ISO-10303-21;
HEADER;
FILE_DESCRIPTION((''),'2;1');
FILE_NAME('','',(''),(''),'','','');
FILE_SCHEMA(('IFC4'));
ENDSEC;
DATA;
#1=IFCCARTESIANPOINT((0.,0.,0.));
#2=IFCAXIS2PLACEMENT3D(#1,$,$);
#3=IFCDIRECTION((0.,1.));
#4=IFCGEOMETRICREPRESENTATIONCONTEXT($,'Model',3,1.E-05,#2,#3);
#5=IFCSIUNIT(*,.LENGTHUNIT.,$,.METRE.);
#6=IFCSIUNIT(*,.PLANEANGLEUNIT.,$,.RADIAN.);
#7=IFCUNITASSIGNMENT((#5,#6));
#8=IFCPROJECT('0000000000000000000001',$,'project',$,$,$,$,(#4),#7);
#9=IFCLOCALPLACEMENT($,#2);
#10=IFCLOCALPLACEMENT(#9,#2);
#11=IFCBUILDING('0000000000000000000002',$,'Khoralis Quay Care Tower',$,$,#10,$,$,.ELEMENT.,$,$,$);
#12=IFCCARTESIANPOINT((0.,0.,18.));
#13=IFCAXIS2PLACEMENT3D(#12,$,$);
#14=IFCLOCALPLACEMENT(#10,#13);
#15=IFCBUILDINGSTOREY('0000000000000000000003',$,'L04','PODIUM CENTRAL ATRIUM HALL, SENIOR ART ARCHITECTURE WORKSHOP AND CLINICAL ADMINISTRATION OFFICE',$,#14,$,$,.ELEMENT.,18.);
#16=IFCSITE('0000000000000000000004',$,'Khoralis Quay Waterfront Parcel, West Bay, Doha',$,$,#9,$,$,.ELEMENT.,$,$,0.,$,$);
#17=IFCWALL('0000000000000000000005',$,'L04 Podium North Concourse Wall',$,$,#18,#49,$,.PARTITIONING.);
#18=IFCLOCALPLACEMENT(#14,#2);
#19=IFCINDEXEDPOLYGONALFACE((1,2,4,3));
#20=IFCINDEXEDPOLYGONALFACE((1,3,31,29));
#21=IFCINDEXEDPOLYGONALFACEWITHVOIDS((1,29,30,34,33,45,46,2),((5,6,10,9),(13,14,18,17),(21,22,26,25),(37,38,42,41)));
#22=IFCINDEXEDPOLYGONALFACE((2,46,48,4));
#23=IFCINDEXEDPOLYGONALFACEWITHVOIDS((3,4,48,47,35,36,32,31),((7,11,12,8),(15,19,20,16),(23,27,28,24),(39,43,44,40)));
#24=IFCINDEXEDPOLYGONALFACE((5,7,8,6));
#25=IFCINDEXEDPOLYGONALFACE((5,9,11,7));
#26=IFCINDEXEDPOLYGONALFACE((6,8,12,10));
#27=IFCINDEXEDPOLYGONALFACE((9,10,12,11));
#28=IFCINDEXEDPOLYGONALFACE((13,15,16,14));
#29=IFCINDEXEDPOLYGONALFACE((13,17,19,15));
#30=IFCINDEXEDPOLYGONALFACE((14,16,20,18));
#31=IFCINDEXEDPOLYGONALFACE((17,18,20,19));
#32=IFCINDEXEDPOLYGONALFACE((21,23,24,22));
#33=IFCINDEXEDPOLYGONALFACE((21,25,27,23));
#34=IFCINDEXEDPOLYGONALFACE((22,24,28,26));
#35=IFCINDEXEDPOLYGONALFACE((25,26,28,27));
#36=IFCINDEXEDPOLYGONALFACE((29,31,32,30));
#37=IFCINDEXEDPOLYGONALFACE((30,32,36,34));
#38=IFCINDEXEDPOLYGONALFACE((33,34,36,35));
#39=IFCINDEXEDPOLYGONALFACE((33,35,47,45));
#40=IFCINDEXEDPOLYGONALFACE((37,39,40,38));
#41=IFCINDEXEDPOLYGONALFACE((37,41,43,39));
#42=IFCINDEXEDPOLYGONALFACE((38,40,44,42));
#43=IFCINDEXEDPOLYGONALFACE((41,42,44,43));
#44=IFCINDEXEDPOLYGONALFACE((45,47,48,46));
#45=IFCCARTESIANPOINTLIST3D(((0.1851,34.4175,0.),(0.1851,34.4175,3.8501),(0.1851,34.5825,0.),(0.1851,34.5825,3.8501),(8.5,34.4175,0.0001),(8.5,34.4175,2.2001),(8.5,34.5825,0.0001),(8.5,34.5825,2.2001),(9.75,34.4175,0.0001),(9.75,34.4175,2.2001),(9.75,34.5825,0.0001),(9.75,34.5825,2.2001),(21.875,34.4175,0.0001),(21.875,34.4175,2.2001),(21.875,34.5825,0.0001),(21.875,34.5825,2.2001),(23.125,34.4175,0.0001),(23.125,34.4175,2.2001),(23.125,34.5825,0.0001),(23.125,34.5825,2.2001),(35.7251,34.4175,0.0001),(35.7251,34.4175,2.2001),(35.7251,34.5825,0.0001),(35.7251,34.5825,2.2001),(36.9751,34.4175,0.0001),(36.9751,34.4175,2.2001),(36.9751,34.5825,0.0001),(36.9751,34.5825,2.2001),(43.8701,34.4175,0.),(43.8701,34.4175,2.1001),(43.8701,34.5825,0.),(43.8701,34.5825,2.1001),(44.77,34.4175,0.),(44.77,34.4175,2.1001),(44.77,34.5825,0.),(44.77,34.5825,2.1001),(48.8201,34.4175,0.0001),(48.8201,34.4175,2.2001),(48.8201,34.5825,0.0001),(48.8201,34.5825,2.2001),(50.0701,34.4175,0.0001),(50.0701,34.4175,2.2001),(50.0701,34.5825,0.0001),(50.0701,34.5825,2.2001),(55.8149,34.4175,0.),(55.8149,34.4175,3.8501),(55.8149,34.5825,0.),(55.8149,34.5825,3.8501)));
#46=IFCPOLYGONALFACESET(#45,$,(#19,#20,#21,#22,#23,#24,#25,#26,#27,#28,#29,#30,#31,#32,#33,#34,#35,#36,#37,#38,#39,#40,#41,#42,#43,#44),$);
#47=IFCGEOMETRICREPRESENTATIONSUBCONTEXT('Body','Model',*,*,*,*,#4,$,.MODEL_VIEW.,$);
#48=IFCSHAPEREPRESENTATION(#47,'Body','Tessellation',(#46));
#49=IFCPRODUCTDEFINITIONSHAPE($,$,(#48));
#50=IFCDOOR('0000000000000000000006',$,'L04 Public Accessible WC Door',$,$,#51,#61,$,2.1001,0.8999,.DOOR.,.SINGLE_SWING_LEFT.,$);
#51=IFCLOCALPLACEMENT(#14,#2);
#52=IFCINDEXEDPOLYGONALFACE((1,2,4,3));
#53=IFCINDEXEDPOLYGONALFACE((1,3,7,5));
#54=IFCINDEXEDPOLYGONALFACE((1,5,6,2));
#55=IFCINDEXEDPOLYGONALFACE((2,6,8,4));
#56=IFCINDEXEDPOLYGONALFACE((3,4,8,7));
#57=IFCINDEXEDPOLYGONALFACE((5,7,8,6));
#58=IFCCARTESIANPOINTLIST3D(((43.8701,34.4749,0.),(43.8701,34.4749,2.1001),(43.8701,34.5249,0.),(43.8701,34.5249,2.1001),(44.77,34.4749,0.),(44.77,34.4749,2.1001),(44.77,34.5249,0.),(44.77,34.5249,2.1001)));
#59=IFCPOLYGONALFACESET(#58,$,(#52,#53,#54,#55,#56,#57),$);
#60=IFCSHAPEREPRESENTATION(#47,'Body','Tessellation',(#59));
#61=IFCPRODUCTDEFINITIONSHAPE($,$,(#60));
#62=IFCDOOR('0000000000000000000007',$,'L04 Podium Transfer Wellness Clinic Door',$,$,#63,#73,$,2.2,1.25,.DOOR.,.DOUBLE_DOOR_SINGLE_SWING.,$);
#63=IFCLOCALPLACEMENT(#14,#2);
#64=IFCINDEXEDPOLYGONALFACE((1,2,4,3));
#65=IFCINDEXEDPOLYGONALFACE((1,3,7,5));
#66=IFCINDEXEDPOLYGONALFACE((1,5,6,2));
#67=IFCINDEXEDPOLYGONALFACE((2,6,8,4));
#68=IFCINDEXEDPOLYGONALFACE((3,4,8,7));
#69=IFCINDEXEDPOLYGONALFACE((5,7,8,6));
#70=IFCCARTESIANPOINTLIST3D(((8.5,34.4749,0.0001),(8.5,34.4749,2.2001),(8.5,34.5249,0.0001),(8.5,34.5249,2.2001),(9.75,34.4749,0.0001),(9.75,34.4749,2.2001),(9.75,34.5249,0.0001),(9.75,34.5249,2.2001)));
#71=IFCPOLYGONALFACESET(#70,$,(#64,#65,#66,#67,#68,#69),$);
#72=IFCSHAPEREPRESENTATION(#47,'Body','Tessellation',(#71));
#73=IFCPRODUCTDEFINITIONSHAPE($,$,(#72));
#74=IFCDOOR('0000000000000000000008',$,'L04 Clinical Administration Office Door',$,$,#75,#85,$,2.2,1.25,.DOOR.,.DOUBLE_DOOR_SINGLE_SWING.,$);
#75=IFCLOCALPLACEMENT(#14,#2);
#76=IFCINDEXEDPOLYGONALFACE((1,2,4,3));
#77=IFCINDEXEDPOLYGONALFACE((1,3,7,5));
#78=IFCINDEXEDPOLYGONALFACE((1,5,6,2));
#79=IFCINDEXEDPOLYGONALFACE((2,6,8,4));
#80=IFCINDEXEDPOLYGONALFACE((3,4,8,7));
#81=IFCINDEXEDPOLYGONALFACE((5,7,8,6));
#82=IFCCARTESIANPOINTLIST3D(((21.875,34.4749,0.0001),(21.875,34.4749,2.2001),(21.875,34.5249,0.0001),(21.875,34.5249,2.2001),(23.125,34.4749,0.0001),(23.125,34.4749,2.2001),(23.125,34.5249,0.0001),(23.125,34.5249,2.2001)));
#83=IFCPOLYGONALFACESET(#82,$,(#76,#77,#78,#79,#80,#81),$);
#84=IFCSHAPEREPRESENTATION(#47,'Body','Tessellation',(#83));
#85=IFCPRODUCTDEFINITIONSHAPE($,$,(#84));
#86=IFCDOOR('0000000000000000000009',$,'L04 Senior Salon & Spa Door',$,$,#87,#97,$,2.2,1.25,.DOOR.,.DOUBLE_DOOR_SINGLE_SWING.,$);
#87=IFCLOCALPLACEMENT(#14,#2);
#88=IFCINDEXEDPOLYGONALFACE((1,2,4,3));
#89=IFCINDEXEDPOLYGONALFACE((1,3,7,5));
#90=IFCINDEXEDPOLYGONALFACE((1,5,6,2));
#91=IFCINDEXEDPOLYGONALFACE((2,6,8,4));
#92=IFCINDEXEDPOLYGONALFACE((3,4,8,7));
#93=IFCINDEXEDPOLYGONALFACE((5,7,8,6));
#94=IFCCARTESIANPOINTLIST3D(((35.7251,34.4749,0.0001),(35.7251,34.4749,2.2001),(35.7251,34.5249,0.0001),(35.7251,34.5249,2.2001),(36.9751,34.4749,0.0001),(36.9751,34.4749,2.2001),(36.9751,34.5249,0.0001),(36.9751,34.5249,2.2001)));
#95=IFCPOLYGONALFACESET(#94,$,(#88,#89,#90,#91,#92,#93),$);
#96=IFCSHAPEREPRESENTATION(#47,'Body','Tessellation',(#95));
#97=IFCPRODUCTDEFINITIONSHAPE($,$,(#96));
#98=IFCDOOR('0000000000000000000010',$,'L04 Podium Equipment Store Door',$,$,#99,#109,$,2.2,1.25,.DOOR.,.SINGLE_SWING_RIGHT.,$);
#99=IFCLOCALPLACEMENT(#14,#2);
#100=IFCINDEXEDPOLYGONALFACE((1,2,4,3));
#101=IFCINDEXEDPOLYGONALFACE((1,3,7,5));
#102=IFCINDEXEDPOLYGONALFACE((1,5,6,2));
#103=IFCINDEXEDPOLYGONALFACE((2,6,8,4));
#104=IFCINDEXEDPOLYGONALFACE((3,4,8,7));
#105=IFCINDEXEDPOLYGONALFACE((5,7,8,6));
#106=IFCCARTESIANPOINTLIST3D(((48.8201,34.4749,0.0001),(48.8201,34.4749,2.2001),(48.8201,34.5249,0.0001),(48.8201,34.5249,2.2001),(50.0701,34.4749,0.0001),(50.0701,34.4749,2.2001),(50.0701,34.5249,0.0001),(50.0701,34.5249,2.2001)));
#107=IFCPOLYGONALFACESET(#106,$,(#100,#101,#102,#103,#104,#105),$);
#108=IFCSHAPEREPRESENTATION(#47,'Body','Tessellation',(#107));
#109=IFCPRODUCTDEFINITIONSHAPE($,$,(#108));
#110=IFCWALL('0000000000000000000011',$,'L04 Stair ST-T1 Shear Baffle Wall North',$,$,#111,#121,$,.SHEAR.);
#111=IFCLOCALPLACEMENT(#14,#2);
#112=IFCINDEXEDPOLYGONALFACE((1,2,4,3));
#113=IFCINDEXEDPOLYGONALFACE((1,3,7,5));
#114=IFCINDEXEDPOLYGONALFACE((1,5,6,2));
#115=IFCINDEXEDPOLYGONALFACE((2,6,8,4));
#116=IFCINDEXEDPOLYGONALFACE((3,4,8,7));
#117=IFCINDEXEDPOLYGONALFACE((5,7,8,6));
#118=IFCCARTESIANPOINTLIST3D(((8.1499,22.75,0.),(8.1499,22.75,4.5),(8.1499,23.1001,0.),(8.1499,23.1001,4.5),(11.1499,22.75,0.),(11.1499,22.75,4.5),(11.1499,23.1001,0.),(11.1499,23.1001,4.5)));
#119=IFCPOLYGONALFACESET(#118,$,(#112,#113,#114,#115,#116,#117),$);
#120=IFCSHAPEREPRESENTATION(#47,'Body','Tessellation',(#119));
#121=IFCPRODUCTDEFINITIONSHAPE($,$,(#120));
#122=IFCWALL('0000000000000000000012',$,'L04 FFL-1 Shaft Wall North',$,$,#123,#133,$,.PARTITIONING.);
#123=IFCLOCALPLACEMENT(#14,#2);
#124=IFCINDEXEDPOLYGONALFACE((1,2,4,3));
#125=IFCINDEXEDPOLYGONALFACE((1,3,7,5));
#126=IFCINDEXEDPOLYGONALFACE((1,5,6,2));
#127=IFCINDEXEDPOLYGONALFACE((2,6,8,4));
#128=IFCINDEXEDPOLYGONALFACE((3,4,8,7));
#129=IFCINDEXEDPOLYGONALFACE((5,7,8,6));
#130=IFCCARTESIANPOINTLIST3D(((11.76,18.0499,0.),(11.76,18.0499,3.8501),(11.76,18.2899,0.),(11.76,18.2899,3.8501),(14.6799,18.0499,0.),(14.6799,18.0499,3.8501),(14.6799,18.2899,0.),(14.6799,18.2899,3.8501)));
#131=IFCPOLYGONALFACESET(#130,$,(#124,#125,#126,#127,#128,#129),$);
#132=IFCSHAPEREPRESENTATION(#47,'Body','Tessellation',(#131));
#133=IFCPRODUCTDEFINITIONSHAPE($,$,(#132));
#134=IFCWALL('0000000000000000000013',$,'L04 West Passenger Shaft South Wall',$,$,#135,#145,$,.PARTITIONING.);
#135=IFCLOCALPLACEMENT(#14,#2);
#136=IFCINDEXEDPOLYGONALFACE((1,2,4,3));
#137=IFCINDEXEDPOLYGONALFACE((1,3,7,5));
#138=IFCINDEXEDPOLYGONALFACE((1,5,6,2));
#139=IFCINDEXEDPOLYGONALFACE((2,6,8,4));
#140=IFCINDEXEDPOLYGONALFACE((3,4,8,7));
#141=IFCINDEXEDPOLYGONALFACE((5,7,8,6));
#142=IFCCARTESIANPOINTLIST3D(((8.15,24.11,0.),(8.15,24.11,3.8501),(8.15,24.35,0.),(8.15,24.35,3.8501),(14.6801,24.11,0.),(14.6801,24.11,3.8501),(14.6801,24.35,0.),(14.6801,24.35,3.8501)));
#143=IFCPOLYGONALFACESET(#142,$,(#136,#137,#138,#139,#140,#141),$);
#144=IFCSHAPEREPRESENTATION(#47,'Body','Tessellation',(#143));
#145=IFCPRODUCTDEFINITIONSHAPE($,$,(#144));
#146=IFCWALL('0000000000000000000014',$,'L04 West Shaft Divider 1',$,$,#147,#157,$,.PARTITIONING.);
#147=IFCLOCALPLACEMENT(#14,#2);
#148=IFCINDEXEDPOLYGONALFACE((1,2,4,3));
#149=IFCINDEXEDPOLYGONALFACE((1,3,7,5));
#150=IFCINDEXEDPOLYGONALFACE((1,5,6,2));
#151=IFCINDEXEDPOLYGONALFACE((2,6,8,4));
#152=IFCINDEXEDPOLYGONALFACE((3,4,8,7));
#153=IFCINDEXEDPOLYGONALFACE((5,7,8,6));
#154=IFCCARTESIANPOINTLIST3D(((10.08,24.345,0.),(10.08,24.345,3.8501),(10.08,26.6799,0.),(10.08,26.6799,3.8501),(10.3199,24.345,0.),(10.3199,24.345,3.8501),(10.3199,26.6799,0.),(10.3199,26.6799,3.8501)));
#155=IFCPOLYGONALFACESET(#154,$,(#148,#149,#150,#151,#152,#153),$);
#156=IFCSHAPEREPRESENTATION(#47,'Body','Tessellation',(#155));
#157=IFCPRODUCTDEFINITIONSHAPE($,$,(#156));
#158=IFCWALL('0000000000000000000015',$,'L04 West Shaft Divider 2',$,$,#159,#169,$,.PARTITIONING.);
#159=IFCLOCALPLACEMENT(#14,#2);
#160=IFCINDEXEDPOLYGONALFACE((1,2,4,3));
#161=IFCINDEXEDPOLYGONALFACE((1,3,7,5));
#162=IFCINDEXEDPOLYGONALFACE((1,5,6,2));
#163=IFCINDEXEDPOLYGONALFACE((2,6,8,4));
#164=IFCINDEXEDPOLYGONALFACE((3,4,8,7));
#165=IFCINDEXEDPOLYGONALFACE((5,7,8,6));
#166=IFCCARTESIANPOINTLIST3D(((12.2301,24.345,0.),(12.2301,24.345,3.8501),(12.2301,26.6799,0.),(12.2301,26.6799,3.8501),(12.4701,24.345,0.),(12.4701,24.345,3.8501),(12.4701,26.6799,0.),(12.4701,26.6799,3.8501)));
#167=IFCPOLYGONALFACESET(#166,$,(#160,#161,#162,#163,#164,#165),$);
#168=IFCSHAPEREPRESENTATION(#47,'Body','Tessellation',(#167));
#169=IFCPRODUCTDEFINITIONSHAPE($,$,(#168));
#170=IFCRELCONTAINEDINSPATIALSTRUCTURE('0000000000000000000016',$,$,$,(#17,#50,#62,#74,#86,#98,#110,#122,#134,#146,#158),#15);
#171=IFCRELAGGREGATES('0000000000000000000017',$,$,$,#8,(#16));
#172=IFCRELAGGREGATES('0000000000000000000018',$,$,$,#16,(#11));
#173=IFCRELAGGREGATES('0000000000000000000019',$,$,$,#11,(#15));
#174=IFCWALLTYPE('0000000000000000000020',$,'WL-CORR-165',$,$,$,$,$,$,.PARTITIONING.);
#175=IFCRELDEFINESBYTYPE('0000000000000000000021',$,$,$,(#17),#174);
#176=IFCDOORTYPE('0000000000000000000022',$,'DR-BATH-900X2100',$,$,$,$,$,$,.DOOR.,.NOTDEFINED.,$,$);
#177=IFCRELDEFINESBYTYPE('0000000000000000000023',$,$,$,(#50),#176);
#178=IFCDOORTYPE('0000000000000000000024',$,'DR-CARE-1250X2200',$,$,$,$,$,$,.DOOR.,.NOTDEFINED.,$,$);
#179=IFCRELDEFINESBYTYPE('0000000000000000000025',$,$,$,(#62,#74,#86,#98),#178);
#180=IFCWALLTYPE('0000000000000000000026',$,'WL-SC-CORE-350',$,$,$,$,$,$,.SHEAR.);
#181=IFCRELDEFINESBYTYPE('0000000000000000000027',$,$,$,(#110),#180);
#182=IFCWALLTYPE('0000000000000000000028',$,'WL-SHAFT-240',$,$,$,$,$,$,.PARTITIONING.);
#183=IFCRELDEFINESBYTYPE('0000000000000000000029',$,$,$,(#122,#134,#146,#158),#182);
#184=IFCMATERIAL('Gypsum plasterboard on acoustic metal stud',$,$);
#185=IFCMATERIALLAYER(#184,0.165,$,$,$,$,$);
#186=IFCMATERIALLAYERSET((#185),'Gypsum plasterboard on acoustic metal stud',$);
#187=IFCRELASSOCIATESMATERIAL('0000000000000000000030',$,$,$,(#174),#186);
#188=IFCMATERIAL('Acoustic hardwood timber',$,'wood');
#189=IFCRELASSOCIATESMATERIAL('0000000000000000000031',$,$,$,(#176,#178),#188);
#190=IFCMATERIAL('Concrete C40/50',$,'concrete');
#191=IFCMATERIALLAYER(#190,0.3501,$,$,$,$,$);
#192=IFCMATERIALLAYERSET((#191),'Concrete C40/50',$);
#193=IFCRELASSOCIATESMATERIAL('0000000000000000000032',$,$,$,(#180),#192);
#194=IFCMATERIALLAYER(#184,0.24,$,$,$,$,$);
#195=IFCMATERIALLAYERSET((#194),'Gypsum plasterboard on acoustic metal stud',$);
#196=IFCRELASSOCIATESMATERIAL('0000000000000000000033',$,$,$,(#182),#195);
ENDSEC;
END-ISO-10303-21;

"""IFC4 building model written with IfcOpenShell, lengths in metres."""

from ifc_helpers import new_model, si_unit, direction, frame, frame_2d, origin, place, context, subcontext, project, spatial, rectangle, extrude, source, transform, mapped, material, layer, layer_set, type_object, element, fill, save


model = new_model("IFC4")

# Units and contexts
model_context = context("Model", 3, precision=1e-05, world=origin(), true_north=direction((0.0, 1.0)))
body_context = subcontext(model_context, "Body", "Model", "MODEL_VIEW")
ifc_project = project(units=[si_unit("LENGTHUNIT", "METRE"), si_unit("PLANEANGLEUNIT", "RADIAN")], contexts=[model_context])

# Site, building, storey
site_placement = place(None, origin())
site = spatial("IfcSite", under=ifc_project, at=site_placement, Name="Khoralis Quay Waterfront Parcel, West Bay, Doha", CompositionType="ELEMENT", RefElevation=0.0)
building_placement = place(site_placement, origin())
building = spatial("IfcBuilding", under=site, at=building_placement, Name="Khoralis Quay Care Tower", CompositionType="ELEMENT")
storey_placement = place(building_placement, frame((0.0, 0.0, 18.0)))
storey = spatial("IfcBuildingStorey", under=building, at=storey_placement, Name="L04", Description="PODIUM CENTRAL ATRIUM HALL, SENIOR ART ARCHITECTURE WORKSHOP AND CLINICAL ADMINISTRATION OFFICE", CompositionType="ELEMENT", Elevation=18.0)

# Shared definitions
ifc_material_1 = material(Name="Gypsum plasterboard on acoustic metal stud")
ifc_layer_1 = layer(ifc_material_1, 0.165)
ifc_layer_set_1 = layer_set([ifc_layer_1], Name="Gypsum plasterboard on acoustic metal stud")
wall_type_1 = type_object("IfcWallType", Name="WL-CORR-165", PredefinedType="PARTITIONING", material=ifc_layer_set_1)

# Wall, openings, doors
wall_1_placement = place(storey_placement, frame((0.1851, 34.5, 0.0), z_axis=(0.0, 0.0, 1.0), x_axis=(1.0, 0.0, 0.0)))
wall_1 = element("IfcWall", 1, at=wall_1_placement, inside=storey, type_object=wall_type_1, Name="L04 Podium North Concourse Wall", PredefinedType="PARTITIONING", context=body_context, shape_type="SweptSolid", body=[
    extrude(rectangle(XDim=55.6299, YDim=0.165, at=frame_2d((27.8149, 0.0))), origin(), (0.0, 0.0, 1.0), 3.8501),
])
opening_1_placement = place(wall_1_placement, frame((8.3149, 0.0, 0.0)))
opening_1 = element("IfcOpeningElement", 2, at=opening_1_placement, cuts=wall_1, PredefinedType="OPENING", context=body_context, shape_type="SweptSolid", body=[
    extrude(rectangle(XDim=1.25, YDim=2.2, at=frame_2d((0.625, 1.1001))), frame((0.0, 0.0925, 0.0), z_axis=(0.0, -1.0, 0.0), x_axis=(1.0, 0.0, 0.0)), (0.0, 0.0, 1.0), 0.1851),
])
opening_2_placement = place(wall_1_placement, frame((21.6899, 0.0, 0.0)))
opening_2 = element("IfcOpeningElement", 3, at=opening_2_placement, cuts=wall_1, PredefinedType="OPENING", context=body_context, shape_type="SweptSolid", body=[
    extrude(rectangle(XDim=1.25, YDim=2.2, at=frame_2d((0.625, 1.1001))), frame((0.0, 0.0925, 0.0), z_axis=(0.0, -1.0, 0.0), x_axis=(1.0, 0.0, 0.0)), (0.0, 0.0, 1.0), 0.1851),
])
opening_3_placement = place(wall_1_placement, frame((35.54, 0.0, 0.0)))
opening_3 = element("IfcOpeningElement", 4, at=opening_3_placement, cuts=wall_1, PredefinedType="OPENING", context=body_context, shape_type="SweptSolid", body=[
    extrude(rectangle(XDim=1.25, YDim=2.2, at=frame_2d((0.625, 1.1001))), frame((0.0, 0.0925, 0.0), z_axis=(0.0, -1.0, 0.0), x_axis=(1.0, 0.0, 0.0)), (0.0, 0.0, 1.0), 0.1851),
])
opening_4_placement = place(wall_1_placement, frame((43.6851, 0.0, 0.0)))
opening_4 = element("IfcOpeningElement", 5, at=opening_4_placement, cuts=wall_1, PredefinedType="OPENING", context=body_context, shape_type="SweptSolid", body=[
    extrude(rectangle(XDim=0.8999, YDim=2.1001, at=frame_2d((0.45, 1.05))), frame((0.0, 0.0925, 0.0), z_axis=(0.0, -1.0, 0.0), x_axis=(1.0, 0.0, 0.0)), (0.0, 0.0, 1.0), 0.1851),
])
opening_5_placement = place(wall_1_placement, frame((48.635, 0.0, 0.0)))
opening_5 = element("IfcOpeningElement", 6, at=opening_5_placement, cuts=wall_1, PredefinedType="OPENING", context=body_context, shape_type="SweptSolid", body=[
    extrude(rectangle(XDim=1.25, YDim=2.2, at=frame_2d((0.625, 1.1001))), frame((0.0, 0.0925, 0.0), z_axis=(0.0, -1.0, 0.0), x_axis=(1.0, 0.0, 0.0)), (0.0, 0.0, 1.0), 0.1851),
])
ifc_material_2 = material(Name="Acoustic hardwood timber", Category="wood")
door_type_1 = type_object("IfcDoorType", Name="DR-BATH-900X2100", OperationType="NOTDEFINED", PredefinedType="DOOR", material=ifc_material_2)
shared_shape_1 = source(origin(), body_context, "Body", "SweptSolid", [
    extrude(rectangle(XDim=0.8999, YDim=2.1001, at=frame_2d((0.45, 1.05))), frame((0.0, 0.0249, 0.0), z_axis=(0.0, -1.0, 0.0), x_axis=(1.0, 0.0, 0.0)), (0.0, 0.0, 1.0), 0.05),
])
door_1_placement = place(opening_4_placement, origin())
door_1 = element("IfcDoor", 7, at=door_1_placement, inside=storey, type_object=door_type_1, Name="L04 Public Accessible WC Door", OperationType="SINGLE_SWING_LEFT", OverallHeight=2.1001, OverallWidth=0.8999, PredefinedType="DOOR", context=body_context, shape_type="MappedRepresentation", body=[
    mapped(shared_shape_1, transform((0.0, 0.0, 0.0), scale=1.0)),
])
fill(opening_4, door_1)
door_type_2 = type_object("IfcDoorType", Name="DR-CARE-1250X2200", OperationType="NOTDEFINED", PredefinedType="DOOR", material=ifc_material_2)
shared_shape_2 = source(origin(), body_context, "Body", "SweptSolid", [
    extrude(rectangle(XDim=1.25, YDim=2.2, at=frame_2d((0.625, 1.1001))), frame((0.0, 0.0249, 0.0), z_axis=(0.0, -1.0, 0.0), x_axis=(1.0, 0.0, 0.0)), (0.0, 0.0, 1.0), 0.05),
])
door_2_placement = place(opening_1_placement, origin())
door_2 = element("IfcDoor", 8, at=door_2_placement, inside=storey, type_object=door_type_2, Name="L04 Podium Transfer Wellness Clinic Door", OperationType="DOUBLE_DOOR_SINGLE_SWING", OverallHeight=2.2, OverallWidth=1.25, PredefinedType="DOOR", context=body_context, shape_type="MappedRepresentation", body=[
    mapped(shared_shape_2, transform((0.0, 0.0, 0.0), scale=1.0)),
])
fill(opening_1, door_2)
door_3_placement = place(opening_2_placement, origin())
door_3 = element("IfcDoor", 9, at=door_3_placement, inside=storey, type_object=door_type_2, Name="L04 Clinical Administration Office Door", OperationType="DOUBLE_DOOR_SINGLE_SWING", OverallHeight=2.2, OverallWidth=1.25, PredefinedType="DOOR", context=body_context, shape_type="MappedRepresentation", body=[
    mapped(shared_shape_2, transform((0.0, 0.0, 0.0), scale=1.0)),
])
fill(opening_2, door_3)
door_4_placement = place(opening_3_placement, origin())
door_4 = element("IfcDoor", 10, at=door_4_placement, inside=storey, type_object=door_type_2, Name="L04 Senior Salon & Spa Door", OperationType="DOUBLE_DOOR_SINGLE_SWING", OverallHeight=2.2, OverallWidth=1.25, PredefinedType="DOOR", context=body_context, shape_type="MappedRepresentation", body=[
    mapped(shared_shape_2, transform((0.0, 0.0, 0.0), scale=1.0)),
])
fill(opening_3, door_4)
door_5_placement = place(opening_5_placement, origin())
door_5 = element("IfcDoor", 11, at=door_5_placement, inside=storey, type_object=door_type_2, Name="L04 Podium Equipment Store Door", OperationType="SINGLE_SWING_RIGHT", OverallHeight=2.2, OverallWidth=1.25, PredefinedType="DOOR", context=body_context, shape_type="MappedRepresentation", body=[
    mapped(shared_shape_2, transform((0.0, 0.0, 0.0), scale=1.0)),
])
fill(opening_5, door_5)

# Walls
ifc_material_3 = material(Name="Concrete C40/50", Category="concrete")
ifc_layer_2 = layer(ifc_material_3, 0.3501)
ifc_layer_set_2 = layer_set([ifc_layer_2], Name="Concrete C40/50")
wall_type_2 = type_object("IfcWallType", Name="WL-SC-CORE-350", PredefinedType="SHEAR", material=ifc_layer_set_2)
wall_2_placement = place(storey_placement, frame((8.1499, 22.925, 0.0), z_axis=(0.0, 0.0, 1.0), x_axis=(1.0, 0.0, 0.0)))
element("IfcWall", 12, at=wall_2_placement, inside=storey, type_object=wall_type_2, Name="L04 Stair ST-T1 Shear Baffle Wall North", PredefinedType="SHEAR", context=body_context, shape_type="SweptSolid", body=[
    extrude(rectangle(XDim=3.0, YDim=0.3501, at=frame_2d((1.5, 0.0))), origin(), (0.0, 0.0, 1.0), 4.5),
])
ifc_layer_3 = layer(ifc_material_1, 0.24)
ifc_layer_set_3 = layer_set([ifc_layer_3], Name="Gypsum plasterboard on acoustic metal stud")
wall_type_3 = type_object("IfcWallType", Name="WL-SHAFT-240", PredefinedType="PARTITIONING", material=ifc_layer_set_3)
wall_3_placement = place(storey_placement, frame((11.76, 18.1699, 0.0), z_axis=(0.0, 0.0, 1.0), x_axis=(1.0, 0.0, 0.0)))
element("IfcWall", 13, at=wall_3_placement, inside=storey, type_object=wall_type_3, Name="L04 FFL-1 Shaft Wall North", PredefinedType="PARTITIONING", context=body_context, shape_type="SweptSolid", body=[
    extrude(rectangle(XDim=2.9199, YDim=0.24, at=frame_2d((1.46, 0.0))), origin(), (0.0, 0.0, 1.0), 3.8501),
])
wall_4_placement = place(storey_placement, frame((8.1499, 24.23, 0.0), z_axis=(0.0, 0.0, 1.0), x_axis=(1.0, 0.0, 0.0)))
element("IfcWall", 14, at=wall_4_placement, inside=storey, type_object=wall_type_3, Name="L04 West Passenger Shaft South Wall", PredefinedType="PARTITIONING", context=body_context, shape_type="SweptSolid", body=[
    extrude(rectangle(XDim=6.53, YDim=0.24, at=frame_2d((3.2651, 0.0))), origin(), (0.0, 0.0, 1.0), 3.8501),
])
for number, where, z_axis, x_axis, name in (
    (15, (10.2, 24.345, 0.0), (0.0, 0.0, 1.0), (0.0, 1.0, 0.0), "L04 West Shaft Divider 1"),
    (16, (12.3501, 24.345, 0.0), (0.0, 0.0, 1.0), (0.0, 1.0, 0.0), "L04 West Shaft Divider 2"),
):
    element("IfcWall", number, at=place(storey_placement, frame(where, z_axis=z_axis, x_axis=x_axis)), inside=storey, type_object=wall_type_3, Name=name, PredefinedType="PARTITIONING", context=body_context, shape_type="SweptSolid", body=[
        extrude(rectangle(XDim=2.335, YDim=0.24, at=frame_2d((1.1675, 0.0))), origin(), (0.0, 0.0, 1.0), 3.8501),
    ])

save(model, "model.ifc")
